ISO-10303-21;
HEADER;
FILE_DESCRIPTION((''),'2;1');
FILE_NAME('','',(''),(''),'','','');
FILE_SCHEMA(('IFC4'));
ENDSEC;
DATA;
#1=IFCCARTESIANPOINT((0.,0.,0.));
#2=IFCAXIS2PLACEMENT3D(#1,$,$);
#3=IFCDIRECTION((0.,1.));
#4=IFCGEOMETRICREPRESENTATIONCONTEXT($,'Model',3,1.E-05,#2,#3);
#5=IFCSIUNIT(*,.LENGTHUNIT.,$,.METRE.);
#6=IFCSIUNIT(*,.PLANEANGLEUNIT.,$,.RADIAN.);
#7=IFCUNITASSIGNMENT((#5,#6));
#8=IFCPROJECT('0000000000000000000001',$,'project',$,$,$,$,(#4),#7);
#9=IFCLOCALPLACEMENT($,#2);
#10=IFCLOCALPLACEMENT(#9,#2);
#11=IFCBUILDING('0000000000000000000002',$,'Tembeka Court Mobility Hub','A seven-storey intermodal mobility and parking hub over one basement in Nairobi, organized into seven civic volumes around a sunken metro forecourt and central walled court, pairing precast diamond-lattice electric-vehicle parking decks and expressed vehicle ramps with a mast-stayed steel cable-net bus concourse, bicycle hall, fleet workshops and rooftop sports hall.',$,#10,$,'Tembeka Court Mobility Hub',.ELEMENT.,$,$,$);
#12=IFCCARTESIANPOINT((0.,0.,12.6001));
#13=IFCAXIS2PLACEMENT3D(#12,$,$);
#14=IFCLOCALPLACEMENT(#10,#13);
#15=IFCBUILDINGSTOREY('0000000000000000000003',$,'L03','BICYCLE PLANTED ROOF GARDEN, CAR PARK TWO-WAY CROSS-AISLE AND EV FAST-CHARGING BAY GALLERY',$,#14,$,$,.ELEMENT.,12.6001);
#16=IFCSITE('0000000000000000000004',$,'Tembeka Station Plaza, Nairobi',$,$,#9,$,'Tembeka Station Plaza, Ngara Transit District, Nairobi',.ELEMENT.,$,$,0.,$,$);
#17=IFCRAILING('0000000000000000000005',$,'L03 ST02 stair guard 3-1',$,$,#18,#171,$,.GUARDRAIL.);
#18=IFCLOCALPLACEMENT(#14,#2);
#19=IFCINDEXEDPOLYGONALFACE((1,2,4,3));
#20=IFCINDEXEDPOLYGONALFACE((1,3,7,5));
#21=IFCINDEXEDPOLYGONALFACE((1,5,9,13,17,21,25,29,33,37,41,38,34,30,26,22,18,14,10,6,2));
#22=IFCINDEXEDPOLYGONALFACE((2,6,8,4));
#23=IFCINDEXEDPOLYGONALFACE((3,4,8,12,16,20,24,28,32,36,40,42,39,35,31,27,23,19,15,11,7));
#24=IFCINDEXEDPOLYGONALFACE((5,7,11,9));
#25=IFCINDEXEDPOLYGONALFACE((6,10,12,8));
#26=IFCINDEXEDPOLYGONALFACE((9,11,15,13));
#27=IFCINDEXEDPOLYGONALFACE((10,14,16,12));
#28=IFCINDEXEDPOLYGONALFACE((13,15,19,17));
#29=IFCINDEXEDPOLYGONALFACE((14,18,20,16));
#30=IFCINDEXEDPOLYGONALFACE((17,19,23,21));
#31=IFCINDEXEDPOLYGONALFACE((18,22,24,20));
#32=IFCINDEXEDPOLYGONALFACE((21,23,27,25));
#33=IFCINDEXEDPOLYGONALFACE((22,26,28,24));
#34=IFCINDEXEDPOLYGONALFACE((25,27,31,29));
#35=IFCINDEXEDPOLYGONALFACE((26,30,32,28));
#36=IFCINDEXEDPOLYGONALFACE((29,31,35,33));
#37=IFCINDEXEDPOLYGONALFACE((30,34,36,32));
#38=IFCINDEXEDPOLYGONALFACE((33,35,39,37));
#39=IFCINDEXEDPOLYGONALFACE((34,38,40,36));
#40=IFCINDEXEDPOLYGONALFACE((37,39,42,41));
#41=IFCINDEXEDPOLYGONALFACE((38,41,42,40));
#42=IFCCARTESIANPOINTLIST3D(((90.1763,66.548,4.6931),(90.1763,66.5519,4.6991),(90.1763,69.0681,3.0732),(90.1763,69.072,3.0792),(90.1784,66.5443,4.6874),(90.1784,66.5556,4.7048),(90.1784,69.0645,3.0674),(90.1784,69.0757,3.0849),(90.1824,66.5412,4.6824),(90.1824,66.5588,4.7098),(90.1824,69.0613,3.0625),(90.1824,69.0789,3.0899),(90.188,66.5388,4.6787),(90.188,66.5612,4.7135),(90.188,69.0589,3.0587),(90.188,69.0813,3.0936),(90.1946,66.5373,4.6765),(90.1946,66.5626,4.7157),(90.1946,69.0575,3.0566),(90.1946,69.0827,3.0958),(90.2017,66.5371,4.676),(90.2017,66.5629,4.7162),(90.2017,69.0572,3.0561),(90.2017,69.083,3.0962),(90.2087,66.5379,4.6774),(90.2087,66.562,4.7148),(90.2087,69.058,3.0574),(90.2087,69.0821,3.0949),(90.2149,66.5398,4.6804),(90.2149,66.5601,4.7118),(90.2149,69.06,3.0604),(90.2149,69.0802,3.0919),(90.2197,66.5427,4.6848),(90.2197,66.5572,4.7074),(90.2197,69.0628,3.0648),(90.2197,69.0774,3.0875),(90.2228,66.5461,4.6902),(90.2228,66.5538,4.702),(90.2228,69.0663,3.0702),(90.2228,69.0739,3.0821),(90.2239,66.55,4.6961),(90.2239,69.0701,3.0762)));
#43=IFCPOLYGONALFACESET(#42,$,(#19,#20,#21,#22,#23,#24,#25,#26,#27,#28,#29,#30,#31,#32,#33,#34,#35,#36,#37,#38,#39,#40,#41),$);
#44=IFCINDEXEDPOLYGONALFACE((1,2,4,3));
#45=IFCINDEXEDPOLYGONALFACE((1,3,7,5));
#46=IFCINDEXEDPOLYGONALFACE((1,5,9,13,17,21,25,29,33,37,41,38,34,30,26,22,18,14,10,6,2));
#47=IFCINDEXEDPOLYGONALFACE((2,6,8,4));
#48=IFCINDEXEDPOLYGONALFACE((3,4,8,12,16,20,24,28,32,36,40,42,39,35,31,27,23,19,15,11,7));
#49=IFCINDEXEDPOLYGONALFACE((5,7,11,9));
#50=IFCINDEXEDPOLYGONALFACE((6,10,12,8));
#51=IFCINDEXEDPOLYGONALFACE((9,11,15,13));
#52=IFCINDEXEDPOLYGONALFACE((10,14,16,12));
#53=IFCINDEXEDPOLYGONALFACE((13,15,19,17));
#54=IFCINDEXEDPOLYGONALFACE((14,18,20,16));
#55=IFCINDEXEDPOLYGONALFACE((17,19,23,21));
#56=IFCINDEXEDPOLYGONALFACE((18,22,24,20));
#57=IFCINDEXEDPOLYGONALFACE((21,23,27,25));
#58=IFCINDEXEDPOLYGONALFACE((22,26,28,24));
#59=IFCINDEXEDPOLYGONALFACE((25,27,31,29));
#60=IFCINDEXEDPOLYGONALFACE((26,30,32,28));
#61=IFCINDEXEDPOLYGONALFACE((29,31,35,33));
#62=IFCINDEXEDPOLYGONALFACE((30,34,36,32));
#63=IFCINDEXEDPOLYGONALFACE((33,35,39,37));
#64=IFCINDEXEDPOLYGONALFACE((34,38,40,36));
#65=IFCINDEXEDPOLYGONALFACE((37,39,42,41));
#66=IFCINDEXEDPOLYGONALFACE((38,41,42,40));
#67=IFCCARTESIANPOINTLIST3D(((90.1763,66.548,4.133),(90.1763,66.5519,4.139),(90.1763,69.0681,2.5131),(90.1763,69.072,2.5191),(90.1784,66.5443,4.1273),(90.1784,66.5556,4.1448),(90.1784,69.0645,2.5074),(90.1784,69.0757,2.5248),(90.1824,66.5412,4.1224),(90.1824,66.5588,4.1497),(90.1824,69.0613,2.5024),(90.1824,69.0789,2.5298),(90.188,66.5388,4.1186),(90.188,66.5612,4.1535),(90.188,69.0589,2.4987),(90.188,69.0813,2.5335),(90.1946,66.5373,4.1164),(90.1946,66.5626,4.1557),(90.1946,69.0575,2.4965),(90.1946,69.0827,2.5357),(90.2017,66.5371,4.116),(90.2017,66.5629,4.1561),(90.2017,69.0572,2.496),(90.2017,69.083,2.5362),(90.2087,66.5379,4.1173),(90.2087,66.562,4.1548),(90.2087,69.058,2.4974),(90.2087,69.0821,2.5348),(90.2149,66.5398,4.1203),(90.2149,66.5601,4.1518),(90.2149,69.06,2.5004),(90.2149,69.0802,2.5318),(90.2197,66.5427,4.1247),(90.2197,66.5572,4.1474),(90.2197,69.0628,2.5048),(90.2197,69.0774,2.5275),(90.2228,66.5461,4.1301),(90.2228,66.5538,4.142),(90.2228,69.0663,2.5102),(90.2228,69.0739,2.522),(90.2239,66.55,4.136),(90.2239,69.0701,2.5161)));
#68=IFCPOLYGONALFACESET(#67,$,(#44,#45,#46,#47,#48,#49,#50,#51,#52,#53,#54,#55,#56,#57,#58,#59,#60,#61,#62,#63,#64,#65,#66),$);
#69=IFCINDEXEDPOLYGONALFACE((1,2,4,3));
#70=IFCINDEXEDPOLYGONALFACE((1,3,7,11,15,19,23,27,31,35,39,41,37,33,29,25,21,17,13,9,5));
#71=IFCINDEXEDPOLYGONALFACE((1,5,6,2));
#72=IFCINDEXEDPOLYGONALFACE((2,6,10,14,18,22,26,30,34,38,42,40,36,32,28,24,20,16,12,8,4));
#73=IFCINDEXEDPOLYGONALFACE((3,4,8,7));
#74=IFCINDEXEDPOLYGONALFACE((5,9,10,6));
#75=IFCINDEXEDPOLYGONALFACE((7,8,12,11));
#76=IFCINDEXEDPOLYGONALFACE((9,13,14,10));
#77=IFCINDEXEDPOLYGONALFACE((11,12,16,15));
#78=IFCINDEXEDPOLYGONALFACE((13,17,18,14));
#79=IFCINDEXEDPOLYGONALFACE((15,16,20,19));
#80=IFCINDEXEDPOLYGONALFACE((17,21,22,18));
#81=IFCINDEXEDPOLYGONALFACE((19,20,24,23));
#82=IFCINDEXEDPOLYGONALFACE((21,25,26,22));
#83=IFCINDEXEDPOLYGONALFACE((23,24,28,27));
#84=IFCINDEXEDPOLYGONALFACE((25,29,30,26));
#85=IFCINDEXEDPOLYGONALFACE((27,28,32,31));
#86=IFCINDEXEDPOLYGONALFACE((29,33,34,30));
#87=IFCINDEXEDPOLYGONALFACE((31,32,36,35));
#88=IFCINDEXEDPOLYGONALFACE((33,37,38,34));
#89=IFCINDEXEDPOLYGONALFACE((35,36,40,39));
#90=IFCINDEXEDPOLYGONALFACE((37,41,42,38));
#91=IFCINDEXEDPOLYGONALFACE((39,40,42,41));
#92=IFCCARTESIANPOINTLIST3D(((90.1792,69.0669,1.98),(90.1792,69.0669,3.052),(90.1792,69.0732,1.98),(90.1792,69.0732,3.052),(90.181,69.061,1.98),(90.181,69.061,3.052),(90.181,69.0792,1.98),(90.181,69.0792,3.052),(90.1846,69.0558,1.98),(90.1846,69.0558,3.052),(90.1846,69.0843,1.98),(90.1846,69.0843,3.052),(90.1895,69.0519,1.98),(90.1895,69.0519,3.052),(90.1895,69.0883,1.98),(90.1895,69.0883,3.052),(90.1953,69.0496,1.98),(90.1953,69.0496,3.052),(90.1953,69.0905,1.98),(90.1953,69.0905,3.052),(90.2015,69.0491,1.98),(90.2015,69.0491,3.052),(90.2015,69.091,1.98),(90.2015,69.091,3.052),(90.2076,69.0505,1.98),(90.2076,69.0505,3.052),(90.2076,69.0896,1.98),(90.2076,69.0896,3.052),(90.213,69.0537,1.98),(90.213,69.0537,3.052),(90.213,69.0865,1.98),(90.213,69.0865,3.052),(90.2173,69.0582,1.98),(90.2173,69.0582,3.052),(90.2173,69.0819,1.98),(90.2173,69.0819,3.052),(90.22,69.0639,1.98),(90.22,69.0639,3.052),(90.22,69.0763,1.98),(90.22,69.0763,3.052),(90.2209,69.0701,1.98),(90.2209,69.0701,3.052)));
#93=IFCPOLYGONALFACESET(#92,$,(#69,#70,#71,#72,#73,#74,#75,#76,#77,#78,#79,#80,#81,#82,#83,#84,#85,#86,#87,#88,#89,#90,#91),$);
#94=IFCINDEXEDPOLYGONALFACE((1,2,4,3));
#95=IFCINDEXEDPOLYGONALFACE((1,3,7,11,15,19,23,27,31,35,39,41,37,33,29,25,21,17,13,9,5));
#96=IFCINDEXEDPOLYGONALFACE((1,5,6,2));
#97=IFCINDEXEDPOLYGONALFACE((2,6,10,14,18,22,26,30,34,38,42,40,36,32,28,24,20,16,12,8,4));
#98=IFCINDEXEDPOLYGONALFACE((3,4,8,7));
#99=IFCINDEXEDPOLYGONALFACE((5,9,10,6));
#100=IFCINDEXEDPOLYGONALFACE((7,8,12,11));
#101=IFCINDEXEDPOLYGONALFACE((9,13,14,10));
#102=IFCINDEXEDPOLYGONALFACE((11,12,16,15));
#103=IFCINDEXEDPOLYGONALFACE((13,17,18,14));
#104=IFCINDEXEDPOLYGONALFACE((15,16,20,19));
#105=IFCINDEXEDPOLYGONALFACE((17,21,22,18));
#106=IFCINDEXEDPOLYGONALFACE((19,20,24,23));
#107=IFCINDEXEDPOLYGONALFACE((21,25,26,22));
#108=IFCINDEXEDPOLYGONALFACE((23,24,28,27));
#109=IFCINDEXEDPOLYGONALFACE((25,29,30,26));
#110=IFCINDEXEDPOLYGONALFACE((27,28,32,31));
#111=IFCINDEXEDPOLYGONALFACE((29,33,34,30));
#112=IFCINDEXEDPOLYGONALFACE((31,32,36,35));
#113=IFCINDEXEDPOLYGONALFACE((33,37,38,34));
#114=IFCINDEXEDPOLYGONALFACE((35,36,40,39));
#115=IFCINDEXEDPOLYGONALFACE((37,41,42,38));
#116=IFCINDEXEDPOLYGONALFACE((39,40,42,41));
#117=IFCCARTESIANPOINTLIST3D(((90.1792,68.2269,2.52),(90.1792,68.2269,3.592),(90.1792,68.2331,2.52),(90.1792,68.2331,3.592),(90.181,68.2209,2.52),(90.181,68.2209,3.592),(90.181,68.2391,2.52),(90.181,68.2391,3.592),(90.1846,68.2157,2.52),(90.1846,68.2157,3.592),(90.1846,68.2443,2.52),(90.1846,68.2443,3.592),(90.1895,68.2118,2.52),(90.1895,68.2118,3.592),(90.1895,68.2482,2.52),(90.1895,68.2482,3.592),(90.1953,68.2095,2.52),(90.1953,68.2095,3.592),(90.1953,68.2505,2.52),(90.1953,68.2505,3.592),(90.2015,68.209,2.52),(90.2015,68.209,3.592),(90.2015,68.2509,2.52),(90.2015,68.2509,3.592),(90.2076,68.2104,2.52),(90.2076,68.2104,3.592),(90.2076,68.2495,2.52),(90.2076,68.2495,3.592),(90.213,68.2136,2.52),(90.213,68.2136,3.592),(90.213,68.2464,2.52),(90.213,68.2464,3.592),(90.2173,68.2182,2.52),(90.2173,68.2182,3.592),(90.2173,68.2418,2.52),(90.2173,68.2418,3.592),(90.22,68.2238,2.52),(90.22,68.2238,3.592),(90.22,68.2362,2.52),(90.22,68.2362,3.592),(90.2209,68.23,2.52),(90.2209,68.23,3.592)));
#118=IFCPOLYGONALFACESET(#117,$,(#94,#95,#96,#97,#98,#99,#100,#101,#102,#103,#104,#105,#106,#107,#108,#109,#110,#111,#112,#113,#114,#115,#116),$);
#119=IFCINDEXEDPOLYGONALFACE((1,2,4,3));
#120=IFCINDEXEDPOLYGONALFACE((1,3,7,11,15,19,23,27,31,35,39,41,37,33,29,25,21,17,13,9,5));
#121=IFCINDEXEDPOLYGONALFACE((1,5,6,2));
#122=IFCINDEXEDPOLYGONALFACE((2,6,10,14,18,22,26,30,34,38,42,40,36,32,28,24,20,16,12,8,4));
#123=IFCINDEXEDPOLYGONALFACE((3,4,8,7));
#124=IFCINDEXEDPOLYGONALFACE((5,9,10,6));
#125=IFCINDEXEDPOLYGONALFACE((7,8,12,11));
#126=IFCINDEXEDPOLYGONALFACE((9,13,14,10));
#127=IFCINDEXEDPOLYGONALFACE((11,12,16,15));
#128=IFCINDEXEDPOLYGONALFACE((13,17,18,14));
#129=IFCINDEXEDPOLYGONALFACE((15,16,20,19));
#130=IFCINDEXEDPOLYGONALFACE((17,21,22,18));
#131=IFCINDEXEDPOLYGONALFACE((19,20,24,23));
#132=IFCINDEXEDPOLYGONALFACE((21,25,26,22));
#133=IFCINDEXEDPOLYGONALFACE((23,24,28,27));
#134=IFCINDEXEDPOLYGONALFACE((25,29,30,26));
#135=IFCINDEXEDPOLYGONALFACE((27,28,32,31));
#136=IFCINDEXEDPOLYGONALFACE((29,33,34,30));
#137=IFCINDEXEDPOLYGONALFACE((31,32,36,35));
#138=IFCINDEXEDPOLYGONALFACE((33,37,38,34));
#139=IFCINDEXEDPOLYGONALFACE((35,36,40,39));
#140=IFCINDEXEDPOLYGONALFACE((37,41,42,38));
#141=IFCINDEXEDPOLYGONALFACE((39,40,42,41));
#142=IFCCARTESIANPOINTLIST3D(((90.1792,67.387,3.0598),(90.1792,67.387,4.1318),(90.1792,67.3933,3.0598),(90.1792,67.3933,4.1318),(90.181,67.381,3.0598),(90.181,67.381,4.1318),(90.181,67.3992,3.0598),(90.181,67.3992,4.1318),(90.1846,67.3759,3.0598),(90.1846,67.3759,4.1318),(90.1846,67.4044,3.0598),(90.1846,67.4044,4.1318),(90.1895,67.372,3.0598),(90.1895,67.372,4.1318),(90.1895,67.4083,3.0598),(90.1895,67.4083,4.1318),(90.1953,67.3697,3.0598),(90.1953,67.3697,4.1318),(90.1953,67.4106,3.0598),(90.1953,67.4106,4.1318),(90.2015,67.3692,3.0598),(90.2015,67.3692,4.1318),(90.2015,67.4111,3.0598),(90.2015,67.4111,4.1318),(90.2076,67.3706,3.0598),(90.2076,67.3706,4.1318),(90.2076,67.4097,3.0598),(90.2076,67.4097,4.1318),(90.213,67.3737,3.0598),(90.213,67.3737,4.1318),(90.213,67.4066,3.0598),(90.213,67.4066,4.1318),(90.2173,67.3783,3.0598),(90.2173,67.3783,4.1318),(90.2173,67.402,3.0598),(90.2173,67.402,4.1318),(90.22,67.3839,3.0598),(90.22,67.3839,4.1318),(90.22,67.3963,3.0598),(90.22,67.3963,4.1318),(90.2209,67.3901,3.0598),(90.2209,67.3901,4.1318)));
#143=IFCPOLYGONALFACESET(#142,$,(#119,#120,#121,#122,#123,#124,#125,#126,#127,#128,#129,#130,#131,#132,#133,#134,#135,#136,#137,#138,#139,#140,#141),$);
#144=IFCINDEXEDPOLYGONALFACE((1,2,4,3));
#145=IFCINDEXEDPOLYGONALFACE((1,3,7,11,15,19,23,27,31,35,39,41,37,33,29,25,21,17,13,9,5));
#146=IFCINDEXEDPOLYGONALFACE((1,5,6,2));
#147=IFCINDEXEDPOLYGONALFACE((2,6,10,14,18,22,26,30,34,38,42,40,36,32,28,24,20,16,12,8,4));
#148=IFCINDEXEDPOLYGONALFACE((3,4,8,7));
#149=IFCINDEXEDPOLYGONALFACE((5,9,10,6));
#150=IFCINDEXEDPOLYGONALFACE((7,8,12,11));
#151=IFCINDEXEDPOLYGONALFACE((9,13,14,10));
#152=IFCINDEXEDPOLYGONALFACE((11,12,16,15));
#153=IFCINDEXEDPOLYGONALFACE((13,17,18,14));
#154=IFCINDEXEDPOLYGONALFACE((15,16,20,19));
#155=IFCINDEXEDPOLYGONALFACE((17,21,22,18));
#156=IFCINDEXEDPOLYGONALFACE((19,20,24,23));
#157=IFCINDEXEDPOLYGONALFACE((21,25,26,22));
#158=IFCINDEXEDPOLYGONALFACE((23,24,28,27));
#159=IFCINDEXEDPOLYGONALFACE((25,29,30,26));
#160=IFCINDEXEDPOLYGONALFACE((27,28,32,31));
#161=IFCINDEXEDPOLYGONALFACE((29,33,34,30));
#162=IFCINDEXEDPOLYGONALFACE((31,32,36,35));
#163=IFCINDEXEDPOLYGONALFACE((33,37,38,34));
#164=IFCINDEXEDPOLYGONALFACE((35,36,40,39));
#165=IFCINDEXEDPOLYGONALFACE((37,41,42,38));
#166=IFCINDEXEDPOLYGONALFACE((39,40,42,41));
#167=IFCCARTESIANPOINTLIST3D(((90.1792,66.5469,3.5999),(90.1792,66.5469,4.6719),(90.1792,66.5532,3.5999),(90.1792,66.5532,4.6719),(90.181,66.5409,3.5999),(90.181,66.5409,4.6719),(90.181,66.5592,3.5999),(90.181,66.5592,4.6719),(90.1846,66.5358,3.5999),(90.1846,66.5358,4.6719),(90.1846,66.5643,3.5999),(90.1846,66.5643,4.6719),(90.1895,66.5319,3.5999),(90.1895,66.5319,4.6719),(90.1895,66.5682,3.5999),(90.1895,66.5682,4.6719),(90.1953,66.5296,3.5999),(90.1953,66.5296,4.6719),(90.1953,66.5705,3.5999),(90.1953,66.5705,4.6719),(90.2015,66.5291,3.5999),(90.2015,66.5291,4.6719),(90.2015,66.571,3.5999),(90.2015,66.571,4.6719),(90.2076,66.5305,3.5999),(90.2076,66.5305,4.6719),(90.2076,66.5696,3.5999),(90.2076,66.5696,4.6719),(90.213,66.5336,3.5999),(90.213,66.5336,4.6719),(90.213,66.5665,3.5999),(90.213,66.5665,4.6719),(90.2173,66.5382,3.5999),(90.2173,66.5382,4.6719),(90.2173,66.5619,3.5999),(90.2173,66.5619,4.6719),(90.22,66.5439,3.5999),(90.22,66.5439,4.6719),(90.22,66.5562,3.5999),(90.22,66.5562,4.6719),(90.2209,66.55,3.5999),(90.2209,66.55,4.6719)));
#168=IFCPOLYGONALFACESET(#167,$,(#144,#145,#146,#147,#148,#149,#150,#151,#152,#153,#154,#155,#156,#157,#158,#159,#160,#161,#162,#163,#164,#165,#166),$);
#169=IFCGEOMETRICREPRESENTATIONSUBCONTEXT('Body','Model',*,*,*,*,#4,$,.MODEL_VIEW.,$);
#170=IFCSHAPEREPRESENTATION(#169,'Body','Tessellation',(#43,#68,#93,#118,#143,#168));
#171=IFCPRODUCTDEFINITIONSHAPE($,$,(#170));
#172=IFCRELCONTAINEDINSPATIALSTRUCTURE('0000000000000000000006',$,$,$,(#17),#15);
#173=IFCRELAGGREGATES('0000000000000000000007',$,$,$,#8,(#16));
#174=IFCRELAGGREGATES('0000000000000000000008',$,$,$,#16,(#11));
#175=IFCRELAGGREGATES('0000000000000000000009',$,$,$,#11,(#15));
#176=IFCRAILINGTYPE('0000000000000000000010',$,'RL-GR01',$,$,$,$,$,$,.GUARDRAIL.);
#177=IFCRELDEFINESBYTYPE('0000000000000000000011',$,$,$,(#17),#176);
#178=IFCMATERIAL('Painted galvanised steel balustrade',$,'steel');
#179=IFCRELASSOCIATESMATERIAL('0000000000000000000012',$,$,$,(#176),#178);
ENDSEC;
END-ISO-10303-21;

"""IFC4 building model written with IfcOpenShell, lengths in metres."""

from ifc_helpers import new_model, si_unit, direction, frame, origin, origin_2d, place, context, subcontext, project, spatial, circle, extrude, material, type_object, element, save


model = new_model("IFC4")

# Units and contexts
model_context = context("Model", 3, precision=1e-05, world=origin(), true_north=direction((0.0, 1.0)))
body_context = subcontext(model_context, "Body", "Model", "MODEL_VIEW")
ifc_project = project(units=[si_unit("LENGTHUNIT", "METRE"), si_unit("PLANEANGLEUNIT", "RADIAN")], contexts=[model_context])

# Site, building, storey
site_placement = place(None, origin())
site = spatial("IfcSite", under=ifc_project, at=site_placement, Name="Tembeka Station Plaza, Nairobi", LongName="Tembeka Station Plaza, Ngara Transit District, Nairobi", CompositionType="ELEMENT", RefElevation=0.0)
building_placement = place(site_placement, origin())
building = spatial("IfcBuilding", under=site, at=building_placement, Name="Tembeka Court Mobility Hub", Description="A seven-storey intermodal mobility and parking hub over one basement in Nairobi, organized into seven civic volumes around a sunken metro forecourt and central walled court, pairing precast diamond-lattice electric-vehicle parking decks and expressed vehicle ramps with a mast-stayed steel cable-net bus concourse, bicycle hall, fleet workshops and rooftop sports hall.", LongName="Tembeka Court Mobility Hub", CompositionType="ELEMENT")
storey_placement = place(building_placement, frame((0.0, 0.0, 12.6001)))
storey = spatial("IfcBuildingStorey", under=building, at=storey_placement, Name="L03", Description="BICYCLE PLANTED ROOF GARDEN, CAR PARK TWO-WAY CROSS-AISLE AND EV FAST-CHARGING BAY GALLERY", CompositionType="ELEMENT", Elevation=12.6001)

# Railing
ifc_material_1 = material(Name="Painted galvanised steel balustrade", Category="steel")
railing_type_1 = type_object("IfcRailingType", Name="RL-GR01", PredefinedType="GUARDRAIL", material=ifc_material_1)
railing_1_placement = place(storey_placement, frame((90.2, 69.0701, 1.98)))
element("IfcRailing", 1, at=railing_1_placement, inside=storey, type_object=railing_type_1, Name="L03 ST02 stair guard 3-1", PredefinedType="GUARDRAIL", context=body_context, shape_type="SweptSolid", body=[
    extrude(circle(Radius=0.0239, at=origin_2d()), frame((0.0, 0.0, 1.0962), z_axis=(0.0, -0.8412, 0.540725), x_axis=(1.0, 0.0, 0.0)), (0.0, 0.0, 1.0), 2.9958),
    extrude(circle(Radius=0.0239, at=origin_2d()), frame((0.0, 0.0, 0.5361), z_axis=(0.0, -0.8412, 0.540725), x_axis=(1.0, 0.0, 0.0)), (0.0, 0.0, 1.0), 2.9958),
    extrude(circle(Radius=0.021, at=origin_2d()), origin(), (0.0, 0.0, 1.0), 1.072),
    extrude(circle(Radius=0.021, at=origin_2d()), frame((0.0, -0.8401, 0.54)), (0.0, 0.0, 1.0), 1.072),
    extrude(circle(Radius=0.021, at=origin_2d()), frame((0.0, -1.6799, 1.0798)), (0.0, 0.0, 1.0), 1.072),
    extrude(circle(Radius=0.021, at=origin_2d()), frame((0.0, -2.52, 1.6199)), (0.0, 0.0, 1.0), 1.072),
])

save(model, "model.ifc")
